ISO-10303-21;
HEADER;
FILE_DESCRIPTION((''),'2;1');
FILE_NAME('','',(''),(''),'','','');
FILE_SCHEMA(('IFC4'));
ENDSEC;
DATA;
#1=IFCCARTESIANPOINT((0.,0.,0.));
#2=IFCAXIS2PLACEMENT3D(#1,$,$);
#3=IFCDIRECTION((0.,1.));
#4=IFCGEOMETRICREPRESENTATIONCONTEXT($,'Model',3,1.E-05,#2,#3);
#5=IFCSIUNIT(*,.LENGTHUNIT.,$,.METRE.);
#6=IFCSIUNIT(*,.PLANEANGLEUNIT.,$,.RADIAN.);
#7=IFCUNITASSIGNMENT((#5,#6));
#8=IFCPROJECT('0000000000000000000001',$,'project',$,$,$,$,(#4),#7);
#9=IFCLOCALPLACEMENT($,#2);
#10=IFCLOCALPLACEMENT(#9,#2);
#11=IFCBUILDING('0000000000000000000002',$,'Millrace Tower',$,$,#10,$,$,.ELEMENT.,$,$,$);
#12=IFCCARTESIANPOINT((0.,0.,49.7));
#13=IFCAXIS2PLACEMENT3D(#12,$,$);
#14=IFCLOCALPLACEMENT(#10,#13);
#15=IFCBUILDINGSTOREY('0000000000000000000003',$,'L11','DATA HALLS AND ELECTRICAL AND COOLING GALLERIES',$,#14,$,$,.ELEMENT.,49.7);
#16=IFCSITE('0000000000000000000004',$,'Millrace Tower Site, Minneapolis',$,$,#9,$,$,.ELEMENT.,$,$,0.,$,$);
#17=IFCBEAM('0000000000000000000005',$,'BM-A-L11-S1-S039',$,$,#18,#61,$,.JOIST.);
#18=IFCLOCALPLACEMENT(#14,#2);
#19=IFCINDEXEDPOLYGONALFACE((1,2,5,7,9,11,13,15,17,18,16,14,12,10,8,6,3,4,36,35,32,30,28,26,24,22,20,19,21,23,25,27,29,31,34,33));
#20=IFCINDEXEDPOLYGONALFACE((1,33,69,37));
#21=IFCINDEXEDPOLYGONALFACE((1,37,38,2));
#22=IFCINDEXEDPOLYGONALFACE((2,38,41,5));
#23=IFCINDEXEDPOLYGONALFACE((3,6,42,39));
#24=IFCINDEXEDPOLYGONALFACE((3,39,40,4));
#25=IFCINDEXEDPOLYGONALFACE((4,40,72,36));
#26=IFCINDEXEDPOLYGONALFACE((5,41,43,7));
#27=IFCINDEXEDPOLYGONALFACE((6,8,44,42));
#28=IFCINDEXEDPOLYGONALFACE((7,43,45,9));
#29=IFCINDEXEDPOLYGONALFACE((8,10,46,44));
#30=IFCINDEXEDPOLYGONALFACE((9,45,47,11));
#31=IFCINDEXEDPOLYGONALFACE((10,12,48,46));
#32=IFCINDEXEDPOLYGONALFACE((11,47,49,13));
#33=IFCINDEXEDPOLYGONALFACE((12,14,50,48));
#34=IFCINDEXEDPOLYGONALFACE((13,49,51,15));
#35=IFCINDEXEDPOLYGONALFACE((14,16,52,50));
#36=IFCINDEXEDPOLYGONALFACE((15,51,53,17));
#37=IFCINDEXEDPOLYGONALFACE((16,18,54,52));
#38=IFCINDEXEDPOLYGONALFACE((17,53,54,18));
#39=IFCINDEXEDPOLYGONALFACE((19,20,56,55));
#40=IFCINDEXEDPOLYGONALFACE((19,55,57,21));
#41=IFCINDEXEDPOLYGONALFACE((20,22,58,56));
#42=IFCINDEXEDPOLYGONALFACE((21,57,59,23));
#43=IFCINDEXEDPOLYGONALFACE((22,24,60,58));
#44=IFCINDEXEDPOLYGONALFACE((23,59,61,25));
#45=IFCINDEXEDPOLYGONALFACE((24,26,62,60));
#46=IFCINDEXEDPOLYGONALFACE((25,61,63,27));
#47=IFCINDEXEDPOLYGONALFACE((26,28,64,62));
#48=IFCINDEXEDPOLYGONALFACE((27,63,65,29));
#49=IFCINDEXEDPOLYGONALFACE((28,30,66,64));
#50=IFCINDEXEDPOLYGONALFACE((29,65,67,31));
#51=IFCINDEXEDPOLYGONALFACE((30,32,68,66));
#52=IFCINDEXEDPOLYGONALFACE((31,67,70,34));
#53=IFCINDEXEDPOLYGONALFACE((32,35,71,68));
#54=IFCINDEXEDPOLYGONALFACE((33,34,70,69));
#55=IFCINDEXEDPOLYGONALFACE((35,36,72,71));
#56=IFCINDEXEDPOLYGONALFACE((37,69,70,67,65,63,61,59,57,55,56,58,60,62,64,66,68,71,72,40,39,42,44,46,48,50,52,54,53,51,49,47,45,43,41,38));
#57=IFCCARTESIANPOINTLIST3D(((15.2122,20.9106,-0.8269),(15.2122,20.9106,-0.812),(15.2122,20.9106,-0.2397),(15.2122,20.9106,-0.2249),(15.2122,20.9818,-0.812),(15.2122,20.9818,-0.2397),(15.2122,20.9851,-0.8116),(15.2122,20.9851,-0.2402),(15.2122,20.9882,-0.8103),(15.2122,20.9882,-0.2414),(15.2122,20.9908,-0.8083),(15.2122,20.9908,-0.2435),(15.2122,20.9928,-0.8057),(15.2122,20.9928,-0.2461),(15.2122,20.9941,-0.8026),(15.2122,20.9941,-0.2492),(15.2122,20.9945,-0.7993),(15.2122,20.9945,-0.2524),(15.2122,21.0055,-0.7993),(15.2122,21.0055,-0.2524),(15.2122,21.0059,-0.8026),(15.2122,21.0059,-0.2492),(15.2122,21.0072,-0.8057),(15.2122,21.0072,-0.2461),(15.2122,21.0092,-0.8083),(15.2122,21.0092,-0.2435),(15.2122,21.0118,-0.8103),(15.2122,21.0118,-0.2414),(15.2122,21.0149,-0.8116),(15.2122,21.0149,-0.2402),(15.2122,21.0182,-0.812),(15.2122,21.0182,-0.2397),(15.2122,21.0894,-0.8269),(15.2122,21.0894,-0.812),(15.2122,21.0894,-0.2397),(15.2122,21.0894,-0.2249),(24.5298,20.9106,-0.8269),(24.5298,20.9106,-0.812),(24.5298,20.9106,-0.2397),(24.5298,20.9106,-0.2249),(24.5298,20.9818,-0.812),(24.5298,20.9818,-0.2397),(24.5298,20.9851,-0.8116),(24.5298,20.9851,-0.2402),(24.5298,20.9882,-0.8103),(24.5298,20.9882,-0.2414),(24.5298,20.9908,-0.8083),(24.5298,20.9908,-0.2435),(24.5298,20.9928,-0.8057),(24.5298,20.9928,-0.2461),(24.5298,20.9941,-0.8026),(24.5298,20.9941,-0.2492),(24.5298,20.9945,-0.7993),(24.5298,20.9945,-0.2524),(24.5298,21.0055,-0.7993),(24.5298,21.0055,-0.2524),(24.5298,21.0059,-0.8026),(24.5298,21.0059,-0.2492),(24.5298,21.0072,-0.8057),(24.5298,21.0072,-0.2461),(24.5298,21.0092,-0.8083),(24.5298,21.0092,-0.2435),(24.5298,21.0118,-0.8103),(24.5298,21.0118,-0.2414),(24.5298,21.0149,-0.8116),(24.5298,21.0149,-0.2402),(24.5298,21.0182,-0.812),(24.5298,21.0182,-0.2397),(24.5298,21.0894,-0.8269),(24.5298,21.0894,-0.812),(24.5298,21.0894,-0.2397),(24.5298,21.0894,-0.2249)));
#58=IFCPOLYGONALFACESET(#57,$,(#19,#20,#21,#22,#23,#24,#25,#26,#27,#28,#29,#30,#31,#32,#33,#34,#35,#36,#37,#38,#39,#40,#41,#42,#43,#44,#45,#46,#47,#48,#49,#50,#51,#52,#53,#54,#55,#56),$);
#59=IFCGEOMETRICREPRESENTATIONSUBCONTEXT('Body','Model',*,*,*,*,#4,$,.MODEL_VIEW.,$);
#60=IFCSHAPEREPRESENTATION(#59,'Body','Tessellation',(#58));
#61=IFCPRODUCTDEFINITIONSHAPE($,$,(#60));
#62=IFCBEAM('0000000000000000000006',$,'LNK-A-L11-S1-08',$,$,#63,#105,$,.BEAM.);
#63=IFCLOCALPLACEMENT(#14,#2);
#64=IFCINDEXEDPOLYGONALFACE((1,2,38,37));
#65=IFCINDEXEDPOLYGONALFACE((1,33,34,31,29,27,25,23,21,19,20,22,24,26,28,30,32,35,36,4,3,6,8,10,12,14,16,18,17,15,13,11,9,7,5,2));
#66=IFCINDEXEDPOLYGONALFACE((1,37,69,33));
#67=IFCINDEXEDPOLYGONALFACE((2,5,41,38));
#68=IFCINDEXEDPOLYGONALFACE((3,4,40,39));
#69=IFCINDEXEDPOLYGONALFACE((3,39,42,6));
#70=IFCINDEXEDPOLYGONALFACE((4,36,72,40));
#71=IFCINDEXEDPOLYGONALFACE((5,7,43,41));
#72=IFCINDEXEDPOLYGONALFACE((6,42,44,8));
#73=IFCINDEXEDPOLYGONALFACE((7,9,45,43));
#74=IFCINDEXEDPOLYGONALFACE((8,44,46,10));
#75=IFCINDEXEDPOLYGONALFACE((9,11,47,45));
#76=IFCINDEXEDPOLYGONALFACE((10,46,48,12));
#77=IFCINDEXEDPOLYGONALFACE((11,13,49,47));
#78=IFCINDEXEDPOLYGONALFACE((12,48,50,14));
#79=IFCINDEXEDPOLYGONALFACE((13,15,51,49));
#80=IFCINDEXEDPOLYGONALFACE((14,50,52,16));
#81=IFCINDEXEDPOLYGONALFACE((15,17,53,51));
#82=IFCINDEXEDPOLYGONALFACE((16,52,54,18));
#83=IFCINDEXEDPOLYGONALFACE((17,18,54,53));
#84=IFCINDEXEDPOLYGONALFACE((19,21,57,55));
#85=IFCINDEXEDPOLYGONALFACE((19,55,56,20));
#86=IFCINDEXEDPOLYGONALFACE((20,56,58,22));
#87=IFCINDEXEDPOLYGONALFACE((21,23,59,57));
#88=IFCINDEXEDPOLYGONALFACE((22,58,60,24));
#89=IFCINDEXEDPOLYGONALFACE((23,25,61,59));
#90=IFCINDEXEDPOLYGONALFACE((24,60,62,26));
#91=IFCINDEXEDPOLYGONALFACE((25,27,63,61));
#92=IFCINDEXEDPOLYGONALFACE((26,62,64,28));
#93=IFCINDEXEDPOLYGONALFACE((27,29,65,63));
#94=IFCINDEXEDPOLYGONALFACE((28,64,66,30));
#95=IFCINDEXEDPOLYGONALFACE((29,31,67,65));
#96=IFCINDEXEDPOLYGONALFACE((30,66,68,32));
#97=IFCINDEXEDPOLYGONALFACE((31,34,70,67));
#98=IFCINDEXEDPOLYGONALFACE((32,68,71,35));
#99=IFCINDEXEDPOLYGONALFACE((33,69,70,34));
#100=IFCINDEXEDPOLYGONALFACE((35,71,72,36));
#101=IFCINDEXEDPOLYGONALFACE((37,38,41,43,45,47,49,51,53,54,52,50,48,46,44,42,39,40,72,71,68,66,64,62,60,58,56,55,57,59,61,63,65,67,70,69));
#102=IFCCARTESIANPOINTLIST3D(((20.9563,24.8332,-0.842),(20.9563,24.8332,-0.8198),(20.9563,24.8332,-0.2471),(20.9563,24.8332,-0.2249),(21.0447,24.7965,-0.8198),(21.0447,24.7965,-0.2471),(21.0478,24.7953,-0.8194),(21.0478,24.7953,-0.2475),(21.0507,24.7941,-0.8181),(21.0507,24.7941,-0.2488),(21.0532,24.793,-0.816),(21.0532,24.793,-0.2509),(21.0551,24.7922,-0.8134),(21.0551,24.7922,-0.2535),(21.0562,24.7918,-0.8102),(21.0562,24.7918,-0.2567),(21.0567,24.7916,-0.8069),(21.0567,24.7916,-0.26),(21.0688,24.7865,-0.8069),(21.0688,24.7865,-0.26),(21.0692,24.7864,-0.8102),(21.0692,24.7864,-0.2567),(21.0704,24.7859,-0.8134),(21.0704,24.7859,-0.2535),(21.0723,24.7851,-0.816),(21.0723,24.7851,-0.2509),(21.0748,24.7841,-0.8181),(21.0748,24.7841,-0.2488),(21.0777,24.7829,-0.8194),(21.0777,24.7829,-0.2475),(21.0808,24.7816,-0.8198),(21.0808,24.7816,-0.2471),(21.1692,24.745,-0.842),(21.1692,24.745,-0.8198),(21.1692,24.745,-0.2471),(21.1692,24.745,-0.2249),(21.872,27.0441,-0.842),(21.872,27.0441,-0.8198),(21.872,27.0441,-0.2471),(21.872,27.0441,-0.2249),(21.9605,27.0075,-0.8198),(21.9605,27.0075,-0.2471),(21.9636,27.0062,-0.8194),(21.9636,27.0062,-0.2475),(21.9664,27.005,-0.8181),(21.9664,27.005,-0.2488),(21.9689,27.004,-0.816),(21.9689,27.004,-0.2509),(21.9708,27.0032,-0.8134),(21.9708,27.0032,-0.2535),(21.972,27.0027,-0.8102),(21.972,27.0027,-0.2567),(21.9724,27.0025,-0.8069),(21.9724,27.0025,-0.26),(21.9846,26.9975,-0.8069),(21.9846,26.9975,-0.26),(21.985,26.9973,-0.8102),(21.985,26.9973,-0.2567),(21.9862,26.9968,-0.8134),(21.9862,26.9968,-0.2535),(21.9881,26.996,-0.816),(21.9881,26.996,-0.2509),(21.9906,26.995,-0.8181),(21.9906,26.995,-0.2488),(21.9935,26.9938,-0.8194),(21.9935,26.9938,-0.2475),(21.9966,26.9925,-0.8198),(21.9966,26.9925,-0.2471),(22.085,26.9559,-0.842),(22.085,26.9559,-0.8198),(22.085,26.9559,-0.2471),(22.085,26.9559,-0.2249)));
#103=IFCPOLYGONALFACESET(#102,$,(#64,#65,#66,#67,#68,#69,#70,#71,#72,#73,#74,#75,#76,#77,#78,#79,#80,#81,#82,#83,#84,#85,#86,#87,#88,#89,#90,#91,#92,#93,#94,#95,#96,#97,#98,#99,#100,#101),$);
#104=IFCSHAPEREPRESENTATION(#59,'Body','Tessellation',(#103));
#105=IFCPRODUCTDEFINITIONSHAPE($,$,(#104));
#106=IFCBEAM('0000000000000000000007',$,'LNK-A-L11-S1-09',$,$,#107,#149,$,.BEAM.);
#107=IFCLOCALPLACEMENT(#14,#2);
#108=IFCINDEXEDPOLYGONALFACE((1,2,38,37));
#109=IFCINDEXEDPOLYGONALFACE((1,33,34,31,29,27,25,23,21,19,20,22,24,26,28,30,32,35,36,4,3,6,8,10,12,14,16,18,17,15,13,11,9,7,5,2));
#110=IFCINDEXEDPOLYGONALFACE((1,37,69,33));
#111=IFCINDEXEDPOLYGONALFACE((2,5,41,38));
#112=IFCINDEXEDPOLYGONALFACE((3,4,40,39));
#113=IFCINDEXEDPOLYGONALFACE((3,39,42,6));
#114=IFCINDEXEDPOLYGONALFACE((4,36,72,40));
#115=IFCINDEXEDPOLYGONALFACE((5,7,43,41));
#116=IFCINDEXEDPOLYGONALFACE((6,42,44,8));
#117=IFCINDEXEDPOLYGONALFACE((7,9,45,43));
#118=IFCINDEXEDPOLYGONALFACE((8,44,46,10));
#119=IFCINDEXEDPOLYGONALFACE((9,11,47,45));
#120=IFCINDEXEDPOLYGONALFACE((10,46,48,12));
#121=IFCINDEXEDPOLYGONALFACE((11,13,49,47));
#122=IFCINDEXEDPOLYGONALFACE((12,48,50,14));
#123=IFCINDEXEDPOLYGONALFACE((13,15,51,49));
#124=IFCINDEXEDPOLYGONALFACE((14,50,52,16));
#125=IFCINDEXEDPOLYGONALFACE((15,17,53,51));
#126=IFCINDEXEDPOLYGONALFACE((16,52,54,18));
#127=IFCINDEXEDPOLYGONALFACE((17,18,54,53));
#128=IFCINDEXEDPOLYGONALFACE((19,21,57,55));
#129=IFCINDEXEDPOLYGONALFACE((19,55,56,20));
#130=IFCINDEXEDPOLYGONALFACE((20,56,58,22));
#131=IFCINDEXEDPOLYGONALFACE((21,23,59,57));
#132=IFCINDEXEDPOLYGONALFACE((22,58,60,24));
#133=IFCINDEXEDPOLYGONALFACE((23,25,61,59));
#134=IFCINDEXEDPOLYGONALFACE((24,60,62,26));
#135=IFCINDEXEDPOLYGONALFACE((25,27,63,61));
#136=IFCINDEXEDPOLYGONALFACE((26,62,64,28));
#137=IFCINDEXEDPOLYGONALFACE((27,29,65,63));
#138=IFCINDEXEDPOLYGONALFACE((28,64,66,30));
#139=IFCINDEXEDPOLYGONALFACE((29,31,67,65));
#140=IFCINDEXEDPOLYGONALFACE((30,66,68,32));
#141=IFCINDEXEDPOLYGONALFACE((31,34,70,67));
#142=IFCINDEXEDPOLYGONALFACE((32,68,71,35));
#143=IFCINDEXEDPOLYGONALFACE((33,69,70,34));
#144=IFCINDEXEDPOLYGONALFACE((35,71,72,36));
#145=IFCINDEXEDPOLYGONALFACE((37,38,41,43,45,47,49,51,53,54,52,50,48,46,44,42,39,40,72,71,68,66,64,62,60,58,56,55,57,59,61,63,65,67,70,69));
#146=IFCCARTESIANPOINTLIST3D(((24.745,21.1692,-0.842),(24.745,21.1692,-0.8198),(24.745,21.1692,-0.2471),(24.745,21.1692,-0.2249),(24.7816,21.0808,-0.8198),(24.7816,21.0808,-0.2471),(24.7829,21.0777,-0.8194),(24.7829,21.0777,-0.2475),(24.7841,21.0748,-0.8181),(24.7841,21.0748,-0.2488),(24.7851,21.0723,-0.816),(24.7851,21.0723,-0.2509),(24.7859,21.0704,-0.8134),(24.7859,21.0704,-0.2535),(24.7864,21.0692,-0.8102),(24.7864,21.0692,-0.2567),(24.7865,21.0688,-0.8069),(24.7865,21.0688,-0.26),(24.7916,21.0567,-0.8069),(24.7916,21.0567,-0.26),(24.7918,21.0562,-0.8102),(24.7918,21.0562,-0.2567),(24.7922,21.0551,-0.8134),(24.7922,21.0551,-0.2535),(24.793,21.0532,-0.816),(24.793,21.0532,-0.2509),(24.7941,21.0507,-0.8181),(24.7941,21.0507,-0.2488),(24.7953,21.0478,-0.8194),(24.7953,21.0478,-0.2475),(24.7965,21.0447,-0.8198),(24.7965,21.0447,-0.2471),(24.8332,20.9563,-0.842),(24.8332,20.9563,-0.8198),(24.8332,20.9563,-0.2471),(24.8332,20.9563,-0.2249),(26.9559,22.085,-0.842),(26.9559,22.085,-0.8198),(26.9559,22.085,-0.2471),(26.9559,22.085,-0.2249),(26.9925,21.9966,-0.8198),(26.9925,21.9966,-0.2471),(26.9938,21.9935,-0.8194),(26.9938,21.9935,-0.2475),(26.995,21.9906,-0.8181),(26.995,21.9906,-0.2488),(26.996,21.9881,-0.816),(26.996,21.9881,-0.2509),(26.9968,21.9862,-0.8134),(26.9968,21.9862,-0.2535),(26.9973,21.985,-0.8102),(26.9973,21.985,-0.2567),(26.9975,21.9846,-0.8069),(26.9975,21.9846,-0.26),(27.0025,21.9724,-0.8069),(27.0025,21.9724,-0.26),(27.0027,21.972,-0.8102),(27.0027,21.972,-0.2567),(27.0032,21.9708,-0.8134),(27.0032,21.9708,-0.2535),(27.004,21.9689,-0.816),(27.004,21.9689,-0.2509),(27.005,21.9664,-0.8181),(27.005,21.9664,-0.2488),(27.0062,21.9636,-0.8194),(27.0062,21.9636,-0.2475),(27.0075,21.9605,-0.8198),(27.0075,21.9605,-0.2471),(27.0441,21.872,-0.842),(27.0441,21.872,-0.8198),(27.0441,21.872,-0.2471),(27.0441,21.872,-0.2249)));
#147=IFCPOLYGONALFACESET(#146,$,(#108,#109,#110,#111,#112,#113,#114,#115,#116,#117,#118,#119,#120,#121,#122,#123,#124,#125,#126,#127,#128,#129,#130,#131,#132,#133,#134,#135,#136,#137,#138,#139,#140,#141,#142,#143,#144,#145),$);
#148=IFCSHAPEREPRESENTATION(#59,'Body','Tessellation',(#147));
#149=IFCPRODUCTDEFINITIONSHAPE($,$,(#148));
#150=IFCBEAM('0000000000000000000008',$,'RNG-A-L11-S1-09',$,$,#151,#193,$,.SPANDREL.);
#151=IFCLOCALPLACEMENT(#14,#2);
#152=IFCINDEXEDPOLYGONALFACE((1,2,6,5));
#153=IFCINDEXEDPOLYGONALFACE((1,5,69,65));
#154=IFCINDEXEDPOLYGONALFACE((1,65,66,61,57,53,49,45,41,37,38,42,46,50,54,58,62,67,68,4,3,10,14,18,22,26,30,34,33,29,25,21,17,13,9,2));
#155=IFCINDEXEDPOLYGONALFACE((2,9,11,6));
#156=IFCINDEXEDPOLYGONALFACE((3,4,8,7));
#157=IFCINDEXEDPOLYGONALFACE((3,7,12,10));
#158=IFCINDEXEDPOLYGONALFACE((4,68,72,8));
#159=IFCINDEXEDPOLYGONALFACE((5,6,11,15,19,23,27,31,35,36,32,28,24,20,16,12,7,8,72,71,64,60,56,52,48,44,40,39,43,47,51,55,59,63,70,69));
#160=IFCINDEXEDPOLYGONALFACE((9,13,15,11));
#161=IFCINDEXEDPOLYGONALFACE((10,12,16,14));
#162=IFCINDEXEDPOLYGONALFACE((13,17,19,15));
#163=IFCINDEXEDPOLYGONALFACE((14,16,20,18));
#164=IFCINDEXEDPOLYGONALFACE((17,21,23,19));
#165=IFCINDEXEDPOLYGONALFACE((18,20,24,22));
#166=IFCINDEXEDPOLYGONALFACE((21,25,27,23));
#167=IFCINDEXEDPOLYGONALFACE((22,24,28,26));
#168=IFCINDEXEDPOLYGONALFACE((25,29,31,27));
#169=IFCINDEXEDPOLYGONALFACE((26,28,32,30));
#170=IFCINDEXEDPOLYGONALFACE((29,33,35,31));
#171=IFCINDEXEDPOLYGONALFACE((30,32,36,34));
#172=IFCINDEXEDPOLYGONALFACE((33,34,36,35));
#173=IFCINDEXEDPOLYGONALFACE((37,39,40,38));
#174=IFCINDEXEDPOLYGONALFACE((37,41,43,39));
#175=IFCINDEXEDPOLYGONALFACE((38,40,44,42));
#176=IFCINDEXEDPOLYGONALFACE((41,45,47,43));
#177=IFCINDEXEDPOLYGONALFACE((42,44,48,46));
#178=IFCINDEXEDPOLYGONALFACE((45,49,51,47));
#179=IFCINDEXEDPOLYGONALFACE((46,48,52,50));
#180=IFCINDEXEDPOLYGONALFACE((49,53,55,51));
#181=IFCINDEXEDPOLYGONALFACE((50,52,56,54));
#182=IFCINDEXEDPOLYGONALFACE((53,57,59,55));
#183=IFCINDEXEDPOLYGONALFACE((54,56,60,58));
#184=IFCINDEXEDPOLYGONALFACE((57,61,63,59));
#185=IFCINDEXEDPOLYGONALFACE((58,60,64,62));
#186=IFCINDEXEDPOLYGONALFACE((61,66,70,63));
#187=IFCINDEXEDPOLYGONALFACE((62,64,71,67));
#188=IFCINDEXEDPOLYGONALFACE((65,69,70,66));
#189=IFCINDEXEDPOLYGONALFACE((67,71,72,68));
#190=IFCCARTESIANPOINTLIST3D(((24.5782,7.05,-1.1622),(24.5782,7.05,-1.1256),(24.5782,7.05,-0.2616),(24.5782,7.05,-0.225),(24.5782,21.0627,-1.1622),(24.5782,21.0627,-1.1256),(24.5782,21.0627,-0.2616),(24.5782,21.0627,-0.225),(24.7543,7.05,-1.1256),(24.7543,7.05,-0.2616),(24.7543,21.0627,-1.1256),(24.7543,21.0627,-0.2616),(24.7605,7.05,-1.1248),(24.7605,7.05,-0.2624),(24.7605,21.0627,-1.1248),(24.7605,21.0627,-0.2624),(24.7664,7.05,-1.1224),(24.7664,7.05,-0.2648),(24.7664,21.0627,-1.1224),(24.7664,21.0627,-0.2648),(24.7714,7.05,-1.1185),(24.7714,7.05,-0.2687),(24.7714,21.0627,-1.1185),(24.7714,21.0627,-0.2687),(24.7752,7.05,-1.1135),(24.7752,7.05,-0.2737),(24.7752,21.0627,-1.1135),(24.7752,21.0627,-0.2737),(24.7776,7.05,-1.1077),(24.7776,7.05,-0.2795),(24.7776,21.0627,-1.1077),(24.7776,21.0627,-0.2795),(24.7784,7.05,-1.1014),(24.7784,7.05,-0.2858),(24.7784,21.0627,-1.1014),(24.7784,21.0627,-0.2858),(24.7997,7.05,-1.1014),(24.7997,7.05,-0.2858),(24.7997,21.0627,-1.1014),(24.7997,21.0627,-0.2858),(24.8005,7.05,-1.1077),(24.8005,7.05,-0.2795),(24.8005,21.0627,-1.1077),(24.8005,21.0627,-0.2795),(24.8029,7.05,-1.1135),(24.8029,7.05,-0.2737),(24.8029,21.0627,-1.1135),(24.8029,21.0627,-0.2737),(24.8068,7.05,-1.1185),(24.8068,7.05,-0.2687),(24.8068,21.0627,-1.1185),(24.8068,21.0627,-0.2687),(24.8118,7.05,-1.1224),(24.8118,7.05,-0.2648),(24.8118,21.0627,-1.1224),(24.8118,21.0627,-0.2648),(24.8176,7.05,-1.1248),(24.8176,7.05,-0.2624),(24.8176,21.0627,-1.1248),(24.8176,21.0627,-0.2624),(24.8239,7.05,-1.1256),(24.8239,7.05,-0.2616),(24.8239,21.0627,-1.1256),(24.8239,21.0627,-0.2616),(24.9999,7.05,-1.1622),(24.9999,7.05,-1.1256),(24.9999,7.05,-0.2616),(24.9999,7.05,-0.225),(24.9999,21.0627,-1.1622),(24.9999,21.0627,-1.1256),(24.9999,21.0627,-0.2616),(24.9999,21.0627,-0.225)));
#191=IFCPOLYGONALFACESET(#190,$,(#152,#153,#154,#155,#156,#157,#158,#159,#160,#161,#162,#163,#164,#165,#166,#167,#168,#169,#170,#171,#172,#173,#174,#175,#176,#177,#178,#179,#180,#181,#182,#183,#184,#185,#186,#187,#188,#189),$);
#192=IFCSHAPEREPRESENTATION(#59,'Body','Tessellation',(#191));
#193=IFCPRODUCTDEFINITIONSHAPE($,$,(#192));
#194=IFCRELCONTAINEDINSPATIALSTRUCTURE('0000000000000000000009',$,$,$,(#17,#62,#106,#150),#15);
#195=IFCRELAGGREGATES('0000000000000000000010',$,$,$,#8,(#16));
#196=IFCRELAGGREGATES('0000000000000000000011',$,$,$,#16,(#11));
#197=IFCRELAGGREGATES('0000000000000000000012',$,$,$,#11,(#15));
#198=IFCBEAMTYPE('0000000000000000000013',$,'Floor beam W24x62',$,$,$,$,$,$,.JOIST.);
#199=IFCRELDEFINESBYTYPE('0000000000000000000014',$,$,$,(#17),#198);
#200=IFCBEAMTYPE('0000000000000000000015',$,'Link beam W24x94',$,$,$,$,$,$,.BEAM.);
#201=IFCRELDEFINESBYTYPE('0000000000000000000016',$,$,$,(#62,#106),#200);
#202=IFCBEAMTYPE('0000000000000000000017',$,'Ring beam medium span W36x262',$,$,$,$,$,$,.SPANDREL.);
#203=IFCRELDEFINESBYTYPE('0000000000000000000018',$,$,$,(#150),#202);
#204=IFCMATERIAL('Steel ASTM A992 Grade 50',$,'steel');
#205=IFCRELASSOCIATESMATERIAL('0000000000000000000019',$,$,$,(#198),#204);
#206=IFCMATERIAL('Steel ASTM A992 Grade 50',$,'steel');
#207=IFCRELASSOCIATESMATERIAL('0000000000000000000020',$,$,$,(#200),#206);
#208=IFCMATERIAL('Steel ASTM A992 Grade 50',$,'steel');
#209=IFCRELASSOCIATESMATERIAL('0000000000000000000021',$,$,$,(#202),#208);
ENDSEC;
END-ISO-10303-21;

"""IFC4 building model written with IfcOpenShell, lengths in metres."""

from ifc_helpers import new_model, si_unit, direction, frame, origin, origin_2d, place, context, subcontext, project, spatial, i_section, extrude, material, material_profile, profile_set, type_object, element, save


model = new_model("IFC4")

# Units and contexts
model_context = context("Model", 3, precision=1e-05, world=origin(), true_north=direction((0.0, 1.0)))
body_context = subcontext(model_context, "Body", "Model", "MODEL_VIEW")
ifc_project = project(units=[si_unit("LENGTHUNIT", "METRE"), si_unit("PLANEANGLEUNIT", "RADIAN")], contexts=[model_context])

# Site, building, storey
site_placement = place(None, origin())
site = spatial("IfcSite", under=ifc_project, at=site_placement, Name="Millrace Tower Site, Minneapolis", CompositionType="ELEMENT", RefElevation=0.0)
building_placement = place(site_placement, origin())
building = spatial("IfcBuilding", under=site, at=building_placement, Name="Millrace Tower", CompositionType="ELEMENT")
storey_placement = place(building_placement, frame((0.0, 0.0, 49.7)))
storey = spatial("IfcBuildingStorey", under=building, at=storey_placement, Name="L11", Description="DATA HALLS AND ELECTRICAL AND COOLING GALLERIES", CompositionType="ELEMENT", Elevation=49.7)

# Beams
ifc_material_1 = material(Name="Steel ASTM A992 Grade 50", Category="steel")
ifc_material_profile_1 = material_profile(ifc_material_1, i_section(OverallWidth=0.1787, OverallDepth=0.6021, WebThickness=0.011, FlangeThickness=0.0149, FilletRadius=0.0127, at=origin_2d()))
ifc_profile_set_1 = profile_set([ifc_material_profile_1], Name="Steel ASTM A992 Grade 50")
beam_type_1 = type_object("IfcBeamType", Name="Floor beam W24x62", PredefinedType="JOIST", material=ifc_profile_set_1)
beam_1_placement = place(storey_placement, frame((15.2122, 21.0, -0.5259), z_axis=(1.0, 0.0, 0.0), x_axis=(0.0, 1.0, 0.0)))
element("IfcBeam", 1, at=beam_1_placement, inside=storey, type_object=beam_type_1, Name="BM-A-L11-S1-S039", PredefinedType="JOIST", context=body_context, shape_type="SweptSolid", body=[
    extrude(i_section(OverallWidth=0.1787, OverallDepth=0.6021, WebThickness=0.011, FlangeThickness=0.0149, FilletRadius=0.0127, at=origin_2d()), origin(), (0.0, 0.0, 1.0), 9.3176),
])
ifc_material_2 = material(Name="Steel ASTM A992 Grade 50", Category="steel")
ifc_material_profile_2 = material_profile(ifc_material_2, i_section(OverallWidth=0.2305, OverallDepth=0.6172, WebThickness=0.0132, FlangeThickness=0.0222, FilletRadius=0.0129, at=origin_2d()))
ifc_profile_set_2 = profile_set([ifc_material_profile_2], Name="Steel ASTM A992 Grade 50")
beam_type_2 = type_object("IfcBeamType", Name="Link beam W24x94", PredefinedType="BEAM", material=ifc_profile_set_2)
for number, where, z_axis, x_axis, name in (
    (2, (21.0627, 24.7891, -0.5334), (0.382673, 0.923884, 0.0), (-0.923884, 0.382673, 0.0), "LNK-A-L11-S1-08"),
    (3, (24.7891, 21.0627, -0.5334), (0.923884, 0.382673, 0.0), (-0.382673, 0.923884, 0.0), "LNK-A-L11-S1-09"),
):
    element("IfcBeam", number, at=place(storey_placement, frame(where, z_axis=z_axis, x_axis=x_axis)), inside=storey, type_object=beam_type_2, Name=name, PredefinedType="BEAM", context=body_context, shape_type="SweptSolid", body=[
        extrude(i_section(OverallWidth=0.2305, OverallDepth=0.6172, WebThickness=0.0132, FlangeThickness=0.0222, FilletRadius=0.0129, at=origin_2d()), origin(), (0.0, 0.0, 1.0), 2.3931),
    ])
ifc_material_3 = material(Name="Steel ASTM A992 Grade 50", Category="steel")
ifc_material_profile_3 = material_profile(ifc_material_3, i_section(OverallWidth=0.4216, OverallDepth=0.9373, WebThickness=0.0212, FlangeThickness=0.0366, FilletRadius=0.0242, at=origin_2d()))
ifc_profile_set_3 = profile_set([ifc_material_profile_3], Name="Steel ASTM A992 Grade 50")
beam_type_3 = type_object("IfcBeamType", Name="Ring beam medium span W36x262", PredefinedType="SPANDREL", material=ifc_profile_set_3)
beam_2_placement = place(storey_placement, frame((24.7891, 21.0627, -0.6936), z_axis=(0.0, -1.0, 0.0), x_axis=(1.0, 0.0, 0.0)))
element("IfcBeam", 4, at=beam_2_placement, inside=storey, type_object=beam_type_3, Name="RNG-A-L11-S1-09", PredefinedType="SPANDREL", context=body_context, shape_type="SweptSolid", body=[
    extrude(i_section(OverallWidth=0.4216, OverallDepth=0.9373, WebThickness=0.0212, FlangeThickness=0.0366, FilletRadius=0.0242, at=origin_2d()), origin(), (0.0, 0.0, 1.0), 14.0127),
])

save(model, "model.ifc")
